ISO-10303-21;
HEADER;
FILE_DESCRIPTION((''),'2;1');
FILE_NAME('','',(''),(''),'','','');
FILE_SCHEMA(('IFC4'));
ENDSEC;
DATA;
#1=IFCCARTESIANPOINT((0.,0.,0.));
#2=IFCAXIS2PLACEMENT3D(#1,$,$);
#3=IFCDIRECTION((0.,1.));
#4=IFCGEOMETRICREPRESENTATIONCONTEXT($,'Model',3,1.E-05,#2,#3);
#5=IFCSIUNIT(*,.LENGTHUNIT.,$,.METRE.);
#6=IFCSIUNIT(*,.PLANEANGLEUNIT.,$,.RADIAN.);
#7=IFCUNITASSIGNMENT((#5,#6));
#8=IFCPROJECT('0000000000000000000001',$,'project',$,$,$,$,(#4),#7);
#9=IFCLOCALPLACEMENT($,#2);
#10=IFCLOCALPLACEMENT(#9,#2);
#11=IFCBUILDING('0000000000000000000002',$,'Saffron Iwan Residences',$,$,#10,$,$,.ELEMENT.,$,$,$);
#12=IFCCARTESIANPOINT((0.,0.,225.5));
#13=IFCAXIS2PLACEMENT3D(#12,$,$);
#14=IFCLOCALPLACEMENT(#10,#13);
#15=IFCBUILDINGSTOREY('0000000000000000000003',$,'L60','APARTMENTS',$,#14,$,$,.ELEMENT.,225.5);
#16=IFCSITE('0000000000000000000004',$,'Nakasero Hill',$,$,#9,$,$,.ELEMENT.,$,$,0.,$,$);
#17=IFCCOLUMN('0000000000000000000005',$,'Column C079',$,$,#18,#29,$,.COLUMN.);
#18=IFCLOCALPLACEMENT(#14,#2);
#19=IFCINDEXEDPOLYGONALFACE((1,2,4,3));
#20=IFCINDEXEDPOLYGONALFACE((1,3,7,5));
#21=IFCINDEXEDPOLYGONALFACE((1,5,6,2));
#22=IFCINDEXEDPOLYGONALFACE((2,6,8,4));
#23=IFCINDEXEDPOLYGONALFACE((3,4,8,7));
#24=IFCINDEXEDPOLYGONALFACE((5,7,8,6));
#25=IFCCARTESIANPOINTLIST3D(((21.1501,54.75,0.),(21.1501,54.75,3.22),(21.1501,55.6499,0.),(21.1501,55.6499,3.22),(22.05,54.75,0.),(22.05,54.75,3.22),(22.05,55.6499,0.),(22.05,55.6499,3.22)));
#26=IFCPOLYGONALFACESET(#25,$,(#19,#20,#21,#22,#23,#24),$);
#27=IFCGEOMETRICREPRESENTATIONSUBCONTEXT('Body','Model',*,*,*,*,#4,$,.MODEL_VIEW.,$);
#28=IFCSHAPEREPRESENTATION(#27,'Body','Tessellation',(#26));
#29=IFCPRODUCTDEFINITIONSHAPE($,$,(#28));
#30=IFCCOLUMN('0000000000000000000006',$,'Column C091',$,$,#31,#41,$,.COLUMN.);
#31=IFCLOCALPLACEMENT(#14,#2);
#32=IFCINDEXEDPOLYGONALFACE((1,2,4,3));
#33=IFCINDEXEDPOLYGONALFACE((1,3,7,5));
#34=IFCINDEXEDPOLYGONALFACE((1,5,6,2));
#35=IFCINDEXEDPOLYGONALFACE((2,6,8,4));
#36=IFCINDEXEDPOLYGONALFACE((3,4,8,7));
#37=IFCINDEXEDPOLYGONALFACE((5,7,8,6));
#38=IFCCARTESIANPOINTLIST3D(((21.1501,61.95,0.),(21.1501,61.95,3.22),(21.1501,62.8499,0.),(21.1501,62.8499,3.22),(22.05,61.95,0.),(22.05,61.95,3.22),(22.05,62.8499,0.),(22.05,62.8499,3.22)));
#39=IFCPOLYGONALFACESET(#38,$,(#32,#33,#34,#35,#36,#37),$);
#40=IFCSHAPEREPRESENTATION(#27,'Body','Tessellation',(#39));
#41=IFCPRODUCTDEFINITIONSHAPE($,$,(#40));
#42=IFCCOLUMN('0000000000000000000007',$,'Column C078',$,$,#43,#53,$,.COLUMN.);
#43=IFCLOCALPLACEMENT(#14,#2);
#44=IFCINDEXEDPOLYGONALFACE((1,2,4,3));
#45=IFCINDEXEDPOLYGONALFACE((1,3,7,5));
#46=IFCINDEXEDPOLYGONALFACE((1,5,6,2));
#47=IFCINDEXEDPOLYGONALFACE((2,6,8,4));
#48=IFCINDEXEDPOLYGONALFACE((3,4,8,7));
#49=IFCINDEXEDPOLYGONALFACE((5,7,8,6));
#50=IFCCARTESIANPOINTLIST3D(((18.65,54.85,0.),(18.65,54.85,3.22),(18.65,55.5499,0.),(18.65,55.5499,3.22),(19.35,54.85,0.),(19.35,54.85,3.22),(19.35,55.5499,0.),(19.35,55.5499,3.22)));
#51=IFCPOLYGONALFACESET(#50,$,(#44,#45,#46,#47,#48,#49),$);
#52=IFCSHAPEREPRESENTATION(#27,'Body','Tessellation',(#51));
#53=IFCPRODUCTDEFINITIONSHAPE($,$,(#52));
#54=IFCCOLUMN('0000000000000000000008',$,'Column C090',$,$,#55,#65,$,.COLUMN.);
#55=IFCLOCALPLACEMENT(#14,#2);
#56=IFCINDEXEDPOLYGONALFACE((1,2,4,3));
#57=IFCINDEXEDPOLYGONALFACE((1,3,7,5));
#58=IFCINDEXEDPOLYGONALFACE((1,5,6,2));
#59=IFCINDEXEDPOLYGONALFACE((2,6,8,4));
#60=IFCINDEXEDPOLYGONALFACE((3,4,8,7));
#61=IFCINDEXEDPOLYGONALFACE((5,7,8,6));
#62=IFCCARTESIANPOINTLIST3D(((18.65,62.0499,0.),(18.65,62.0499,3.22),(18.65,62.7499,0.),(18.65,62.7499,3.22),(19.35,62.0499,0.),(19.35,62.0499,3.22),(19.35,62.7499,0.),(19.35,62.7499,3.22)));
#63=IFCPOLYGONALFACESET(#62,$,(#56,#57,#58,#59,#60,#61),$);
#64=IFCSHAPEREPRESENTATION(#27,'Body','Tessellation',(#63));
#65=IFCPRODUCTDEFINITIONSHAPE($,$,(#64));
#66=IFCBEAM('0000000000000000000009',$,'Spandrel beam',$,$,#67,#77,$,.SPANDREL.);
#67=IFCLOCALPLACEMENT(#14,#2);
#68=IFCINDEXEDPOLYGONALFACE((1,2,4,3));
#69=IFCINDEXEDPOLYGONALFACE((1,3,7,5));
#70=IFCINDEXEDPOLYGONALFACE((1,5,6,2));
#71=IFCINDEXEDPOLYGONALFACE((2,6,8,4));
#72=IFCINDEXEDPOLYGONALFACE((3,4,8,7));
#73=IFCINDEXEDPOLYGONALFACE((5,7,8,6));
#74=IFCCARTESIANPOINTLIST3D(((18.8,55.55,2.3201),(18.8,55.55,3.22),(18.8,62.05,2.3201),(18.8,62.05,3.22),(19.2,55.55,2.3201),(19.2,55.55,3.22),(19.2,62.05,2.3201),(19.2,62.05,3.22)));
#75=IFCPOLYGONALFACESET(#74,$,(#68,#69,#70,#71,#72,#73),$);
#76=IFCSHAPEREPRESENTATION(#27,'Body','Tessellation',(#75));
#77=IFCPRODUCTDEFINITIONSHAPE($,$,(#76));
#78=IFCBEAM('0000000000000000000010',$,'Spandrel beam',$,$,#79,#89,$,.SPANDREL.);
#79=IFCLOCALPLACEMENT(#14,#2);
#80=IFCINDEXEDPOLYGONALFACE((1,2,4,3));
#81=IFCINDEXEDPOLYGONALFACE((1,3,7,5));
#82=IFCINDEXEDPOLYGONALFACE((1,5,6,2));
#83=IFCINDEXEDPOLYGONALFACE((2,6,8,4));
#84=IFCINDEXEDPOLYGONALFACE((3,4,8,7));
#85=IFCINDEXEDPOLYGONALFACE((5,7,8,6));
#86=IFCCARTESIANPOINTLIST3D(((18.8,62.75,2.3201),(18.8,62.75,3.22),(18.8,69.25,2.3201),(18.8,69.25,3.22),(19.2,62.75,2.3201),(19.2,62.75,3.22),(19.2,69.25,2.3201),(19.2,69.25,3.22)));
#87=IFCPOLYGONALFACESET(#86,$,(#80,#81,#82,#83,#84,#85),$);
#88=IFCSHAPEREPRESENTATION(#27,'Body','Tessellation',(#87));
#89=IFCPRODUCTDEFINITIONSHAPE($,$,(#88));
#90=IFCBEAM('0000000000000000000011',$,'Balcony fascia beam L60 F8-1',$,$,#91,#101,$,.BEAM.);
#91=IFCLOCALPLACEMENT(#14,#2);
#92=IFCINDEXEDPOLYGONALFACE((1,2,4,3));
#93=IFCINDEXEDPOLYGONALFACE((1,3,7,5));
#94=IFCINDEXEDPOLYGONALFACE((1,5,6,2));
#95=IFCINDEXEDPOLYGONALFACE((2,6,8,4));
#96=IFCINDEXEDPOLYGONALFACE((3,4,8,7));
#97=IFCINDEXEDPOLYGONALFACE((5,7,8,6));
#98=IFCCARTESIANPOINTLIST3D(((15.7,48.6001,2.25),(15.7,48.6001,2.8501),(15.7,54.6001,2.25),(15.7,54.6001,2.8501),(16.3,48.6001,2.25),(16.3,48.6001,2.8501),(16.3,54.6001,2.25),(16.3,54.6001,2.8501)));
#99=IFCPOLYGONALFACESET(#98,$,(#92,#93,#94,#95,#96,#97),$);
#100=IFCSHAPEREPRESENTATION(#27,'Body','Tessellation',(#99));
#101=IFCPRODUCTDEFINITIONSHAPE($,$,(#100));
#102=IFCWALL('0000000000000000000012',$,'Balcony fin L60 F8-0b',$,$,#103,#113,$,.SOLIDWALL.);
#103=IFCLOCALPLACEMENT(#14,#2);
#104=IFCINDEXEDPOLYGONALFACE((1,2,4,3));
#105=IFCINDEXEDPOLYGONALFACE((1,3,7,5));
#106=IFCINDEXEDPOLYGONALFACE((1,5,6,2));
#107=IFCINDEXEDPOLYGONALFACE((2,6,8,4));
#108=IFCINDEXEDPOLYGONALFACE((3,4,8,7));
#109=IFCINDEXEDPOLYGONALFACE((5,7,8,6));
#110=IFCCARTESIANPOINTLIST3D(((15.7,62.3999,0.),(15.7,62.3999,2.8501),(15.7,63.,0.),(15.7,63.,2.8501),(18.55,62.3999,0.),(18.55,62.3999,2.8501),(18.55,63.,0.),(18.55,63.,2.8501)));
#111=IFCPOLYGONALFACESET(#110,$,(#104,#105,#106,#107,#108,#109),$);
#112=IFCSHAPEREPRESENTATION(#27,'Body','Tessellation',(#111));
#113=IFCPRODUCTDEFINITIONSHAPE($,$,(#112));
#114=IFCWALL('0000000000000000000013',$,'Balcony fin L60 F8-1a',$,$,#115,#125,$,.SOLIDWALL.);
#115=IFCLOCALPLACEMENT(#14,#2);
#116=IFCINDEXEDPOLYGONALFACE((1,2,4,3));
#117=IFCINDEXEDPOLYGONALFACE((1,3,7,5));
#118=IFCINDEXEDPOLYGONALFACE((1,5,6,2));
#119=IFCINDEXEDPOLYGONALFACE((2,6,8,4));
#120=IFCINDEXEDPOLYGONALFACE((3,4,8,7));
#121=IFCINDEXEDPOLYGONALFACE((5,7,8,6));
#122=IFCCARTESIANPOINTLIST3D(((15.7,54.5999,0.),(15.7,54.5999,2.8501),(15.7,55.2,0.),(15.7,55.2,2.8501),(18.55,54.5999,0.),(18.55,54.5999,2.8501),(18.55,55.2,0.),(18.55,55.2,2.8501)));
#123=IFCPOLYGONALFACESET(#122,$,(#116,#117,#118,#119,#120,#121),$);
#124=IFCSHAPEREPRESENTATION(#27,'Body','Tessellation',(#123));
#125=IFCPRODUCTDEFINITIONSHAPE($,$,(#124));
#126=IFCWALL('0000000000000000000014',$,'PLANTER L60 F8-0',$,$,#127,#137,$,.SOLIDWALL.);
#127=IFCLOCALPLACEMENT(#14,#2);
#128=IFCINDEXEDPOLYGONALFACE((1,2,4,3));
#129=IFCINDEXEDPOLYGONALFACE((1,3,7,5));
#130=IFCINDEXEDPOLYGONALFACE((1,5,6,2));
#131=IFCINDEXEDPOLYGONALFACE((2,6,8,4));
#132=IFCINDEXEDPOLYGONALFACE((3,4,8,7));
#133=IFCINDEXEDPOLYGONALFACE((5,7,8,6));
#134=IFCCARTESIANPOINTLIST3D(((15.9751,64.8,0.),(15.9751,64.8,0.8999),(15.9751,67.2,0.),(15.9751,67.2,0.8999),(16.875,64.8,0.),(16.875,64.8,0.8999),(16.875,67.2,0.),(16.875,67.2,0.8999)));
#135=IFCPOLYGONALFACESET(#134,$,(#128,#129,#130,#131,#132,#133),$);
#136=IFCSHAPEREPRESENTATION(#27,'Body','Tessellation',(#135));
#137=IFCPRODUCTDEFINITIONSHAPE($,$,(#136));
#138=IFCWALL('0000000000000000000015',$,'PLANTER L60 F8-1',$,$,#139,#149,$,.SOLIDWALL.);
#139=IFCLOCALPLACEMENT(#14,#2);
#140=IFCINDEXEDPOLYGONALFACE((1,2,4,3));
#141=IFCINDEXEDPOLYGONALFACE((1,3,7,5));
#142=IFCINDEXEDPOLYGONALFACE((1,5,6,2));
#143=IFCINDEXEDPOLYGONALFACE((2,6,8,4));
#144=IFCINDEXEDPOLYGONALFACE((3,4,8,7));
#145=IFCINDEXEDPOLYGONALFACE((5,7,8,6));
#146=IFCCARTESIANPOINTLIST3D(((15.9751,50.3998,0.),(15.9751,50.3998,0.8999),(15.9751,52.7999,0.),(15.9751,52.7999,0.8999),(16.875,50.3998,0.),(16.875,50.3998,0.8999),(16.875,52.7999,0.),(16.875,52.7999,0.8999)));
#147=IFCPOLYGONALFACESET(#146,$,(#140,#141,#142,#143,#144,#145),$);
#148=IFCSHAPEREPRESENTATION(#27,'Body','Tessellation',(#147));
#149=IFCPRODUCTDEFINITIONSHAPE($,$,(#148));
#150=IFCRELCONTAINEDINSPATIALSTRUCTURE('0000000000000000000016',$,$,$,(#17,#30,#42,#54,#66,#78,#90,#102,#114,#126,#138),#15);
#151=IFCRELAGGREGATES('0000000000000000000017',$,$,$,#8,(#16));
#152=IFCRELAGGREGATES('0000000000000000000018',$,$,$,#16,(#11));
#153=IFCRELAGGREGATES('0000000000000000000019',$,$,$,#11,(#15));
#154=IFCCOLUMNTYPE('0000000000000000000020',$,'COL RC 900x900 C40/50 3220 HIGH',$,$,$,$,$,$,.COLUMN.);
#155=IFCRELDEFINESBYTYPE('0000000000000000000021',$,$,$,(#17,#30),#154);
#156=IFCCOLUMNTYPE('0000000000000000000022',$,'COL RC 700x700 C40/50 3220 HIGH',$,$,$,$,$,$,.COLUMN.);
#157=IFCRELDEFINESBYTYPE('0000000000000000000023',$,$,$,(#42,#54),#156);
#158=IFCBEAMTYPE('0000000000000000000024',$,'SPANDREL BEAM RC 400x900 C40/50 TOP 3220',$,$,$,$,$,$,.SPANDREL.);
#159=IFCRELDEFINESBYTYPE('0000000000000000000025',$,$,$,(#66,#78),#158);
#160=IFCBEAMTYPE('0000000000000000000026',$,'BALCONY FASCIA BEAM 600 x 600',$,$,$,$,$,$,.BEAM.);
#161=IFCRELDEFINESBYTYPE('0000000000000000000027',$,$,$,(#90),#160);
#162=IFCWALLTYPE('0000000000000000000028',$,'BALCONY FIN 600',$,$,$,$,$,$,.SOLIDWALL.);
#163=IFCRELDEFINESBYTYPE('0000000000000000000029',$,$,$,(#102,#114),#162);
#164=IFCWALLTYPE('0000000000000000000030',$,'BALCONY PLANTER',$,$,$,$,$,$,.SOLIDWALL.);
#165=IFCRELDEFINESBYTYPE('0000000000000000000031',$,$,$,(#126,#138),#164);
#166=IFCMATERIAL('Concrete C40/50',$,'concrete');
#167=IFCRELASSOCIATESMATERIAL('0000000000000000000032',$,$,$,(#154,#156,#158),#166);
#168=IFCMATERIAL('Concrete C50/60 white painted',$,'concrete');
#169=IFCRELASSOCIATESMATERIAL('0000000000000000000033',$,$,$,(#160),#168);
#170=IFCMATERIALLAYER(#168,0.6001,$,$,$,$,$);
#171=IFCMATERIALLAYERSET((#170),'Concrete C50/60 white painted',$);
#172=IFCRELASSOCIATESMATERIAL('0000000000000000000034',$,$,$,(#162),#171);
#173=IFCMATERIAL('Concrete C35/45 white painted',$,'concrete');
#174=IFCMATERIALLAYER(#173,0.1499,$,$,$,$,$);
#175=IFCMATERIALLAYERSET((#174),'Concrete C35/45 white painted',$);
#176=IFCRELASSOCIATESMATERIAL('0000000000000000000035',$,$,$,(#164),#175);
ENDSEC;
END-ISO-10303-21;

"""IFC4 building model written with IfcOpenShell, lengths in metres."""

from ifc_helpers import new_model, si_unit, direction, frame, frame_2d, origin, origin_2d, place, context, subcontext, project, spatial, rectangle, extrude, source, transform, mapped, material, layer, layer_set, material_profile, profile_set, type_object, element, save


model = new_model("IFC4")

# Units and contexts
model_context = context("Model", 3, precision=1e-05, world=origin(), true_north=direction((0.0, 1.0)))
body_context = subcontext(model_context, "Body", "Model", "MODEL_VIEW")
ifc_project = project(units=[si_unit("LENGTHUNIT", "METRE"), si_unit("PLANEANGLEUNIT", "RADIAN")], contexts=[model_context])

# Site, building, storey
site_placement = place(None, origin())
site = spatial("IfcSite", under=ifc_project, at=site_placement, Name="Nakasero Hill", CompositionType="ELEMENT", RefElevation=0.0)
building_placement = place(site_placement, origin())
building = spatial("IfcBuilding", under=site, at=building_placement, Name="Saffron Iwan Residences", CompositionType="ELEMENT")
storey_placement = place(building_placement, frame((0.0, 0.0, 225.5)))
storey = spatial("IfcBuildingStorey", under=building, at=storey_placement, Name="L60", Description="APARTMENTS", CompositionType="ELEMENT", Elevation=225.5)

# Columns
ifc_material_1 = material(Name="Concrete C40/50", Category="concrete")
ifc_material_profile_1 = material_profile(ifc_material_1, rectangle(XDim=0.8999, YDim=0.8999, at=origin_2d()), Name="RC 900x900")
ifc_profile_set_1 = profile_set([ifc_material_profile_1], Name="Concrete C40/50")
column_type_1 = type_object("IfcColumnType", Name="COL RC 900x900 C40/50 3220 HIGH", PredefinedType="COLUMN", material=ifc_profile_set_1)
shared_shape_1 = source(origin(), body_context, "Body", "SweptSolid", [
    extrude(rectangle(XDim=0.8999, YDim=0.8999, at=origin_2d()), origin(), (0.0, 0.0, 1.0), 3.22),
])
for number, where, z_axis, x_axis, name in (
    (1, (21.6001, 55.2, 0.0), (0.0, 0.0, 1.0), (1.0, 0.0, 0.0), "Column C079"),
    (2, (21.6001, 62.3999, 0.0), (0.0, 0.0, 1.0), (1.0, 0.0, 0.0), "Column C091"),
):
    element("IfcColumn", number, at=place(storey_placement, frame(where, z_axis=z_axis, x_axis=x_axis)), inside=storey, type_object=column_type_1, Name=name, PredefinedType="COLUMN", context=body_context, shape_type="MappedRepresentation", body=[
        mapped(shared_shape_1, transform((0.0, 0.0, 0.0))),
    ])
ifc_material_profile_2 = material_profile(ifc_material_1, rectangle(XDim=0.7, YDim=0.7, at=origin_2d()), Name="RC 700x700")
ifc_profile_set_2 = profile_set([ifc_material_profile_2], Name="Concrete C40/50")
column_type_2 = type_object("IfcColumnType", Name="COL RC 700x700 C40/50 3220 HIGH", PredefinedType="COLUMN", material=ifc_profile_set_2)
shared_shape_2 = source(origin(), body_context, "Body", "SweptSolid", [
    extrude(rectangle(XDim=0.7, YDim=0.7, at=origin_2d()), origin(), (0.0, 0.0, 1.0), 3.22),
])
for number, where, z_axis, x_axis, name in (
    (3, (19.0, 55.2, 0.0), (0.0, 0.0, 1.0), (1.0, 0.0, 0.0), "Column C078"),
    (4, (19.0, 62.3999, 0.0), (0.0, 0.0, 1.0), (1.0, 0.0, 0.0), "Column C090"),
):
    element("IfcColumn", number, at=place(storey_placement, frame(where, z_axis=z_axis, x_axis=x_axis)), inside=storey, type_object=column_type_2, Name=name, PredefinedType="COLUMN", context=body_context, shape_type="MappedRepresentation", body=[
        mapped(shared_shape_2, transform((0.0, 0.0, 0.0))),
    ])

# Beams
ifc_material_profile_3 = material_profile(ifc_material_1, rectangle(XDim=0.3999, YDim=0.8999, at=origin_2d()), Name="RC 400x900")
ifc_profile_set_3 = profile_set([ifc_material_profile_3], Name="Concrete C40/50")
beam_type_1 = type_object("IfcBeamType", Name="SPANDREL BEAM RC 400x900 C40/50 TOP 3220", PredefinedType="SPANDREL", material=ifc_profile_set_3)
shared_shape_3 = source(origin(), body_context, "Body", "SweptSolid", [
    extrude(rectangle(XDim=0.3999, YDim=0.8999, at=origin_2d()), origin(), (0.0, 0.0, 1.0), 6.5),
])
for number, where, z_axis, x_axis, name in (
    (5, (19.0, 55.55, 2.77), (0.0, 1.0, 0.0), (-1.0, 0.0, 0.0), "Spandrel beam"),
    (6, (19.0, 62.75, 2.77), (0.0, 1.0, 0.0), (-1.0, 0.0, 0.0), "Spandrel beam"),
):
    element("IfcBeam", number, at=place(storey_placement, frame(where, z_axis=z_axis, x_axis=x_axis)), inside=storey, type_object=beam_type_1, Name=name, PredefinedType="SPANDREL", context=body_context, shape_type="MappedRepresentation", body=[
        mapped(shared_shape_3, transform((0.0, 0.0, 0.0))),
    ])
ifc_material_2 = material(Name="Concrete C50/60 white painted", Category="concrete")
ifc_material_profile_4 = material_profile(ifc_material_2, rectangle(XDim=0.6001, YDim=0.6001, at=origin_2d()), Name="BALCONY FASCIA BEAM 600 x 600")
ifc_profile_set_4 = profile_set([ifc_material_profile_4], Name="Concrete C50/60 white painted")
beam_type_2 = type_object("IfcBeamType", Name="BALCONY FASCIA BEAM 600 x 600", PredefinedType="BEAM", material=ifc_profile_set_4)
shared_shape_4 = source(origin(), body_context, "Body", "SweptSolid", [
    extrude(rectangle(XDim=0.6001, YDim=0.6001, at=origin_2d()), origin(), (0.0, 0.0, 1.0), 6.0),
])
beam_placement = place(storey_placement, frame((16.0, 54.6001, 2.55), z_axis=(0.0, -1.0, 0.0), x_axis=(1.0, 0.0, 0.0)))
element("IfcBeam", 7, at=beam_placement, inside=storey, type_object=beam_type_2, Name="Balcony fascia beam L60 F8-1", PredefinedType="BEAM", context=body_context, shape_type="MappedRepresentation", body=[
    mapped(shared_shape_4, transform((0.0, 0.0, 0.0))),
])

# Walls
ifc_layer_1 = layer(ifc_material_2, 0.6001)
ifc_layer_set_1 = layer_set([ifc_layer_1], Name="Concrete C50/60 white painted")
wall_type_1 = type_object("IfcWallType", Name="BALCONY FIN 600", PredefinedType="SOLIDWALL", material=ifc_layer_set_1)
for number, where, z_axis, x_axis, name in (
    (8, (18.55, 62.7, 0.0), (0.0, 0.0, 1.0), (-1.0, 0.0, 0.0), "Balcony fin L60 F8-0b"),
    (9, (18.55, 54.8999, 0.0), (0.0, 0.0, 1.0), (-1.0, 0.0, 0.0), "Balcony fin L60 F8-1a"),
):
    element("IfcWall", number, at=place(storey_placement, frame(where, z_axis=z_axis, x_axis=x_axis)), inside=storey, type_object=wall_type_1, Name=name, PredefinedType="SOLIDWALL", context=body_context, shape_type="SweptSolid", body=[
        extrude(rectangle(XDim=2.8501, YDim=0.6001, at=frame_2d((1.425, 0.0))), origin(), (0.0, 0.0, 1.0), 2.8501),
    ])
ifc_material_3 = material(Name="Concrete C35/45 white painted", Category="concrete")
ifc_layer_2 = layer(ifc_material_3, 0.1499)
ifc_layer_set_2 = layer_set([ifc_layer_2], Name="Concrete C35/45 white painted")
wall_type_2 = type_object("IfcWallType", Name="BALCONY PLANTER", PredefinedType="SOLIDWALL", material=ifc_layer_set_2)
wall_1_placement = place(storey_placement, frame((16.425, 67.2, 0.0), z_axis=(0.0, 0.0, 1.0), x_axis=(0.0, -1.0, 0.0)))
element("IfcWall", 10, at=wall_1_placement, inside=storey, type_object=wall_type_2, Name="PLANTER L60 F8-0", PredefinedType="SOLIDWALL", context=body_context, shape_type="SweptSolid", body=[
    extrude(rectangle(XDim=2.3999, YDim=0.8999, at=frame_2d((1.2, 0.0))), origin(), (0.0, 0.0, 1.0), 0.8999),
])
wall_2_placement = place(storey_placement, frame((16.425, 52.8, 0.0), z_axis=(0.0, 0.0, 1.0), x_axis=(0.0, -1.0, 0.0)))
element("IfcWall", 11, at=wall_2_placement, inside=storey, type_object=wall_type_2, Name="PLANTER L60 F8-1", PredefinedType="SOLIDWALL", context=body_context, shape_type="SweptSolid", body=[
    extrude(rectangle(XDim=2.4001, YDim=0.8999, at=frame_2d((1.2002, 0.0))), origin(), (0.0, 0.0, 1.0), 0.8999),
])

save(model, "model.ifc")
